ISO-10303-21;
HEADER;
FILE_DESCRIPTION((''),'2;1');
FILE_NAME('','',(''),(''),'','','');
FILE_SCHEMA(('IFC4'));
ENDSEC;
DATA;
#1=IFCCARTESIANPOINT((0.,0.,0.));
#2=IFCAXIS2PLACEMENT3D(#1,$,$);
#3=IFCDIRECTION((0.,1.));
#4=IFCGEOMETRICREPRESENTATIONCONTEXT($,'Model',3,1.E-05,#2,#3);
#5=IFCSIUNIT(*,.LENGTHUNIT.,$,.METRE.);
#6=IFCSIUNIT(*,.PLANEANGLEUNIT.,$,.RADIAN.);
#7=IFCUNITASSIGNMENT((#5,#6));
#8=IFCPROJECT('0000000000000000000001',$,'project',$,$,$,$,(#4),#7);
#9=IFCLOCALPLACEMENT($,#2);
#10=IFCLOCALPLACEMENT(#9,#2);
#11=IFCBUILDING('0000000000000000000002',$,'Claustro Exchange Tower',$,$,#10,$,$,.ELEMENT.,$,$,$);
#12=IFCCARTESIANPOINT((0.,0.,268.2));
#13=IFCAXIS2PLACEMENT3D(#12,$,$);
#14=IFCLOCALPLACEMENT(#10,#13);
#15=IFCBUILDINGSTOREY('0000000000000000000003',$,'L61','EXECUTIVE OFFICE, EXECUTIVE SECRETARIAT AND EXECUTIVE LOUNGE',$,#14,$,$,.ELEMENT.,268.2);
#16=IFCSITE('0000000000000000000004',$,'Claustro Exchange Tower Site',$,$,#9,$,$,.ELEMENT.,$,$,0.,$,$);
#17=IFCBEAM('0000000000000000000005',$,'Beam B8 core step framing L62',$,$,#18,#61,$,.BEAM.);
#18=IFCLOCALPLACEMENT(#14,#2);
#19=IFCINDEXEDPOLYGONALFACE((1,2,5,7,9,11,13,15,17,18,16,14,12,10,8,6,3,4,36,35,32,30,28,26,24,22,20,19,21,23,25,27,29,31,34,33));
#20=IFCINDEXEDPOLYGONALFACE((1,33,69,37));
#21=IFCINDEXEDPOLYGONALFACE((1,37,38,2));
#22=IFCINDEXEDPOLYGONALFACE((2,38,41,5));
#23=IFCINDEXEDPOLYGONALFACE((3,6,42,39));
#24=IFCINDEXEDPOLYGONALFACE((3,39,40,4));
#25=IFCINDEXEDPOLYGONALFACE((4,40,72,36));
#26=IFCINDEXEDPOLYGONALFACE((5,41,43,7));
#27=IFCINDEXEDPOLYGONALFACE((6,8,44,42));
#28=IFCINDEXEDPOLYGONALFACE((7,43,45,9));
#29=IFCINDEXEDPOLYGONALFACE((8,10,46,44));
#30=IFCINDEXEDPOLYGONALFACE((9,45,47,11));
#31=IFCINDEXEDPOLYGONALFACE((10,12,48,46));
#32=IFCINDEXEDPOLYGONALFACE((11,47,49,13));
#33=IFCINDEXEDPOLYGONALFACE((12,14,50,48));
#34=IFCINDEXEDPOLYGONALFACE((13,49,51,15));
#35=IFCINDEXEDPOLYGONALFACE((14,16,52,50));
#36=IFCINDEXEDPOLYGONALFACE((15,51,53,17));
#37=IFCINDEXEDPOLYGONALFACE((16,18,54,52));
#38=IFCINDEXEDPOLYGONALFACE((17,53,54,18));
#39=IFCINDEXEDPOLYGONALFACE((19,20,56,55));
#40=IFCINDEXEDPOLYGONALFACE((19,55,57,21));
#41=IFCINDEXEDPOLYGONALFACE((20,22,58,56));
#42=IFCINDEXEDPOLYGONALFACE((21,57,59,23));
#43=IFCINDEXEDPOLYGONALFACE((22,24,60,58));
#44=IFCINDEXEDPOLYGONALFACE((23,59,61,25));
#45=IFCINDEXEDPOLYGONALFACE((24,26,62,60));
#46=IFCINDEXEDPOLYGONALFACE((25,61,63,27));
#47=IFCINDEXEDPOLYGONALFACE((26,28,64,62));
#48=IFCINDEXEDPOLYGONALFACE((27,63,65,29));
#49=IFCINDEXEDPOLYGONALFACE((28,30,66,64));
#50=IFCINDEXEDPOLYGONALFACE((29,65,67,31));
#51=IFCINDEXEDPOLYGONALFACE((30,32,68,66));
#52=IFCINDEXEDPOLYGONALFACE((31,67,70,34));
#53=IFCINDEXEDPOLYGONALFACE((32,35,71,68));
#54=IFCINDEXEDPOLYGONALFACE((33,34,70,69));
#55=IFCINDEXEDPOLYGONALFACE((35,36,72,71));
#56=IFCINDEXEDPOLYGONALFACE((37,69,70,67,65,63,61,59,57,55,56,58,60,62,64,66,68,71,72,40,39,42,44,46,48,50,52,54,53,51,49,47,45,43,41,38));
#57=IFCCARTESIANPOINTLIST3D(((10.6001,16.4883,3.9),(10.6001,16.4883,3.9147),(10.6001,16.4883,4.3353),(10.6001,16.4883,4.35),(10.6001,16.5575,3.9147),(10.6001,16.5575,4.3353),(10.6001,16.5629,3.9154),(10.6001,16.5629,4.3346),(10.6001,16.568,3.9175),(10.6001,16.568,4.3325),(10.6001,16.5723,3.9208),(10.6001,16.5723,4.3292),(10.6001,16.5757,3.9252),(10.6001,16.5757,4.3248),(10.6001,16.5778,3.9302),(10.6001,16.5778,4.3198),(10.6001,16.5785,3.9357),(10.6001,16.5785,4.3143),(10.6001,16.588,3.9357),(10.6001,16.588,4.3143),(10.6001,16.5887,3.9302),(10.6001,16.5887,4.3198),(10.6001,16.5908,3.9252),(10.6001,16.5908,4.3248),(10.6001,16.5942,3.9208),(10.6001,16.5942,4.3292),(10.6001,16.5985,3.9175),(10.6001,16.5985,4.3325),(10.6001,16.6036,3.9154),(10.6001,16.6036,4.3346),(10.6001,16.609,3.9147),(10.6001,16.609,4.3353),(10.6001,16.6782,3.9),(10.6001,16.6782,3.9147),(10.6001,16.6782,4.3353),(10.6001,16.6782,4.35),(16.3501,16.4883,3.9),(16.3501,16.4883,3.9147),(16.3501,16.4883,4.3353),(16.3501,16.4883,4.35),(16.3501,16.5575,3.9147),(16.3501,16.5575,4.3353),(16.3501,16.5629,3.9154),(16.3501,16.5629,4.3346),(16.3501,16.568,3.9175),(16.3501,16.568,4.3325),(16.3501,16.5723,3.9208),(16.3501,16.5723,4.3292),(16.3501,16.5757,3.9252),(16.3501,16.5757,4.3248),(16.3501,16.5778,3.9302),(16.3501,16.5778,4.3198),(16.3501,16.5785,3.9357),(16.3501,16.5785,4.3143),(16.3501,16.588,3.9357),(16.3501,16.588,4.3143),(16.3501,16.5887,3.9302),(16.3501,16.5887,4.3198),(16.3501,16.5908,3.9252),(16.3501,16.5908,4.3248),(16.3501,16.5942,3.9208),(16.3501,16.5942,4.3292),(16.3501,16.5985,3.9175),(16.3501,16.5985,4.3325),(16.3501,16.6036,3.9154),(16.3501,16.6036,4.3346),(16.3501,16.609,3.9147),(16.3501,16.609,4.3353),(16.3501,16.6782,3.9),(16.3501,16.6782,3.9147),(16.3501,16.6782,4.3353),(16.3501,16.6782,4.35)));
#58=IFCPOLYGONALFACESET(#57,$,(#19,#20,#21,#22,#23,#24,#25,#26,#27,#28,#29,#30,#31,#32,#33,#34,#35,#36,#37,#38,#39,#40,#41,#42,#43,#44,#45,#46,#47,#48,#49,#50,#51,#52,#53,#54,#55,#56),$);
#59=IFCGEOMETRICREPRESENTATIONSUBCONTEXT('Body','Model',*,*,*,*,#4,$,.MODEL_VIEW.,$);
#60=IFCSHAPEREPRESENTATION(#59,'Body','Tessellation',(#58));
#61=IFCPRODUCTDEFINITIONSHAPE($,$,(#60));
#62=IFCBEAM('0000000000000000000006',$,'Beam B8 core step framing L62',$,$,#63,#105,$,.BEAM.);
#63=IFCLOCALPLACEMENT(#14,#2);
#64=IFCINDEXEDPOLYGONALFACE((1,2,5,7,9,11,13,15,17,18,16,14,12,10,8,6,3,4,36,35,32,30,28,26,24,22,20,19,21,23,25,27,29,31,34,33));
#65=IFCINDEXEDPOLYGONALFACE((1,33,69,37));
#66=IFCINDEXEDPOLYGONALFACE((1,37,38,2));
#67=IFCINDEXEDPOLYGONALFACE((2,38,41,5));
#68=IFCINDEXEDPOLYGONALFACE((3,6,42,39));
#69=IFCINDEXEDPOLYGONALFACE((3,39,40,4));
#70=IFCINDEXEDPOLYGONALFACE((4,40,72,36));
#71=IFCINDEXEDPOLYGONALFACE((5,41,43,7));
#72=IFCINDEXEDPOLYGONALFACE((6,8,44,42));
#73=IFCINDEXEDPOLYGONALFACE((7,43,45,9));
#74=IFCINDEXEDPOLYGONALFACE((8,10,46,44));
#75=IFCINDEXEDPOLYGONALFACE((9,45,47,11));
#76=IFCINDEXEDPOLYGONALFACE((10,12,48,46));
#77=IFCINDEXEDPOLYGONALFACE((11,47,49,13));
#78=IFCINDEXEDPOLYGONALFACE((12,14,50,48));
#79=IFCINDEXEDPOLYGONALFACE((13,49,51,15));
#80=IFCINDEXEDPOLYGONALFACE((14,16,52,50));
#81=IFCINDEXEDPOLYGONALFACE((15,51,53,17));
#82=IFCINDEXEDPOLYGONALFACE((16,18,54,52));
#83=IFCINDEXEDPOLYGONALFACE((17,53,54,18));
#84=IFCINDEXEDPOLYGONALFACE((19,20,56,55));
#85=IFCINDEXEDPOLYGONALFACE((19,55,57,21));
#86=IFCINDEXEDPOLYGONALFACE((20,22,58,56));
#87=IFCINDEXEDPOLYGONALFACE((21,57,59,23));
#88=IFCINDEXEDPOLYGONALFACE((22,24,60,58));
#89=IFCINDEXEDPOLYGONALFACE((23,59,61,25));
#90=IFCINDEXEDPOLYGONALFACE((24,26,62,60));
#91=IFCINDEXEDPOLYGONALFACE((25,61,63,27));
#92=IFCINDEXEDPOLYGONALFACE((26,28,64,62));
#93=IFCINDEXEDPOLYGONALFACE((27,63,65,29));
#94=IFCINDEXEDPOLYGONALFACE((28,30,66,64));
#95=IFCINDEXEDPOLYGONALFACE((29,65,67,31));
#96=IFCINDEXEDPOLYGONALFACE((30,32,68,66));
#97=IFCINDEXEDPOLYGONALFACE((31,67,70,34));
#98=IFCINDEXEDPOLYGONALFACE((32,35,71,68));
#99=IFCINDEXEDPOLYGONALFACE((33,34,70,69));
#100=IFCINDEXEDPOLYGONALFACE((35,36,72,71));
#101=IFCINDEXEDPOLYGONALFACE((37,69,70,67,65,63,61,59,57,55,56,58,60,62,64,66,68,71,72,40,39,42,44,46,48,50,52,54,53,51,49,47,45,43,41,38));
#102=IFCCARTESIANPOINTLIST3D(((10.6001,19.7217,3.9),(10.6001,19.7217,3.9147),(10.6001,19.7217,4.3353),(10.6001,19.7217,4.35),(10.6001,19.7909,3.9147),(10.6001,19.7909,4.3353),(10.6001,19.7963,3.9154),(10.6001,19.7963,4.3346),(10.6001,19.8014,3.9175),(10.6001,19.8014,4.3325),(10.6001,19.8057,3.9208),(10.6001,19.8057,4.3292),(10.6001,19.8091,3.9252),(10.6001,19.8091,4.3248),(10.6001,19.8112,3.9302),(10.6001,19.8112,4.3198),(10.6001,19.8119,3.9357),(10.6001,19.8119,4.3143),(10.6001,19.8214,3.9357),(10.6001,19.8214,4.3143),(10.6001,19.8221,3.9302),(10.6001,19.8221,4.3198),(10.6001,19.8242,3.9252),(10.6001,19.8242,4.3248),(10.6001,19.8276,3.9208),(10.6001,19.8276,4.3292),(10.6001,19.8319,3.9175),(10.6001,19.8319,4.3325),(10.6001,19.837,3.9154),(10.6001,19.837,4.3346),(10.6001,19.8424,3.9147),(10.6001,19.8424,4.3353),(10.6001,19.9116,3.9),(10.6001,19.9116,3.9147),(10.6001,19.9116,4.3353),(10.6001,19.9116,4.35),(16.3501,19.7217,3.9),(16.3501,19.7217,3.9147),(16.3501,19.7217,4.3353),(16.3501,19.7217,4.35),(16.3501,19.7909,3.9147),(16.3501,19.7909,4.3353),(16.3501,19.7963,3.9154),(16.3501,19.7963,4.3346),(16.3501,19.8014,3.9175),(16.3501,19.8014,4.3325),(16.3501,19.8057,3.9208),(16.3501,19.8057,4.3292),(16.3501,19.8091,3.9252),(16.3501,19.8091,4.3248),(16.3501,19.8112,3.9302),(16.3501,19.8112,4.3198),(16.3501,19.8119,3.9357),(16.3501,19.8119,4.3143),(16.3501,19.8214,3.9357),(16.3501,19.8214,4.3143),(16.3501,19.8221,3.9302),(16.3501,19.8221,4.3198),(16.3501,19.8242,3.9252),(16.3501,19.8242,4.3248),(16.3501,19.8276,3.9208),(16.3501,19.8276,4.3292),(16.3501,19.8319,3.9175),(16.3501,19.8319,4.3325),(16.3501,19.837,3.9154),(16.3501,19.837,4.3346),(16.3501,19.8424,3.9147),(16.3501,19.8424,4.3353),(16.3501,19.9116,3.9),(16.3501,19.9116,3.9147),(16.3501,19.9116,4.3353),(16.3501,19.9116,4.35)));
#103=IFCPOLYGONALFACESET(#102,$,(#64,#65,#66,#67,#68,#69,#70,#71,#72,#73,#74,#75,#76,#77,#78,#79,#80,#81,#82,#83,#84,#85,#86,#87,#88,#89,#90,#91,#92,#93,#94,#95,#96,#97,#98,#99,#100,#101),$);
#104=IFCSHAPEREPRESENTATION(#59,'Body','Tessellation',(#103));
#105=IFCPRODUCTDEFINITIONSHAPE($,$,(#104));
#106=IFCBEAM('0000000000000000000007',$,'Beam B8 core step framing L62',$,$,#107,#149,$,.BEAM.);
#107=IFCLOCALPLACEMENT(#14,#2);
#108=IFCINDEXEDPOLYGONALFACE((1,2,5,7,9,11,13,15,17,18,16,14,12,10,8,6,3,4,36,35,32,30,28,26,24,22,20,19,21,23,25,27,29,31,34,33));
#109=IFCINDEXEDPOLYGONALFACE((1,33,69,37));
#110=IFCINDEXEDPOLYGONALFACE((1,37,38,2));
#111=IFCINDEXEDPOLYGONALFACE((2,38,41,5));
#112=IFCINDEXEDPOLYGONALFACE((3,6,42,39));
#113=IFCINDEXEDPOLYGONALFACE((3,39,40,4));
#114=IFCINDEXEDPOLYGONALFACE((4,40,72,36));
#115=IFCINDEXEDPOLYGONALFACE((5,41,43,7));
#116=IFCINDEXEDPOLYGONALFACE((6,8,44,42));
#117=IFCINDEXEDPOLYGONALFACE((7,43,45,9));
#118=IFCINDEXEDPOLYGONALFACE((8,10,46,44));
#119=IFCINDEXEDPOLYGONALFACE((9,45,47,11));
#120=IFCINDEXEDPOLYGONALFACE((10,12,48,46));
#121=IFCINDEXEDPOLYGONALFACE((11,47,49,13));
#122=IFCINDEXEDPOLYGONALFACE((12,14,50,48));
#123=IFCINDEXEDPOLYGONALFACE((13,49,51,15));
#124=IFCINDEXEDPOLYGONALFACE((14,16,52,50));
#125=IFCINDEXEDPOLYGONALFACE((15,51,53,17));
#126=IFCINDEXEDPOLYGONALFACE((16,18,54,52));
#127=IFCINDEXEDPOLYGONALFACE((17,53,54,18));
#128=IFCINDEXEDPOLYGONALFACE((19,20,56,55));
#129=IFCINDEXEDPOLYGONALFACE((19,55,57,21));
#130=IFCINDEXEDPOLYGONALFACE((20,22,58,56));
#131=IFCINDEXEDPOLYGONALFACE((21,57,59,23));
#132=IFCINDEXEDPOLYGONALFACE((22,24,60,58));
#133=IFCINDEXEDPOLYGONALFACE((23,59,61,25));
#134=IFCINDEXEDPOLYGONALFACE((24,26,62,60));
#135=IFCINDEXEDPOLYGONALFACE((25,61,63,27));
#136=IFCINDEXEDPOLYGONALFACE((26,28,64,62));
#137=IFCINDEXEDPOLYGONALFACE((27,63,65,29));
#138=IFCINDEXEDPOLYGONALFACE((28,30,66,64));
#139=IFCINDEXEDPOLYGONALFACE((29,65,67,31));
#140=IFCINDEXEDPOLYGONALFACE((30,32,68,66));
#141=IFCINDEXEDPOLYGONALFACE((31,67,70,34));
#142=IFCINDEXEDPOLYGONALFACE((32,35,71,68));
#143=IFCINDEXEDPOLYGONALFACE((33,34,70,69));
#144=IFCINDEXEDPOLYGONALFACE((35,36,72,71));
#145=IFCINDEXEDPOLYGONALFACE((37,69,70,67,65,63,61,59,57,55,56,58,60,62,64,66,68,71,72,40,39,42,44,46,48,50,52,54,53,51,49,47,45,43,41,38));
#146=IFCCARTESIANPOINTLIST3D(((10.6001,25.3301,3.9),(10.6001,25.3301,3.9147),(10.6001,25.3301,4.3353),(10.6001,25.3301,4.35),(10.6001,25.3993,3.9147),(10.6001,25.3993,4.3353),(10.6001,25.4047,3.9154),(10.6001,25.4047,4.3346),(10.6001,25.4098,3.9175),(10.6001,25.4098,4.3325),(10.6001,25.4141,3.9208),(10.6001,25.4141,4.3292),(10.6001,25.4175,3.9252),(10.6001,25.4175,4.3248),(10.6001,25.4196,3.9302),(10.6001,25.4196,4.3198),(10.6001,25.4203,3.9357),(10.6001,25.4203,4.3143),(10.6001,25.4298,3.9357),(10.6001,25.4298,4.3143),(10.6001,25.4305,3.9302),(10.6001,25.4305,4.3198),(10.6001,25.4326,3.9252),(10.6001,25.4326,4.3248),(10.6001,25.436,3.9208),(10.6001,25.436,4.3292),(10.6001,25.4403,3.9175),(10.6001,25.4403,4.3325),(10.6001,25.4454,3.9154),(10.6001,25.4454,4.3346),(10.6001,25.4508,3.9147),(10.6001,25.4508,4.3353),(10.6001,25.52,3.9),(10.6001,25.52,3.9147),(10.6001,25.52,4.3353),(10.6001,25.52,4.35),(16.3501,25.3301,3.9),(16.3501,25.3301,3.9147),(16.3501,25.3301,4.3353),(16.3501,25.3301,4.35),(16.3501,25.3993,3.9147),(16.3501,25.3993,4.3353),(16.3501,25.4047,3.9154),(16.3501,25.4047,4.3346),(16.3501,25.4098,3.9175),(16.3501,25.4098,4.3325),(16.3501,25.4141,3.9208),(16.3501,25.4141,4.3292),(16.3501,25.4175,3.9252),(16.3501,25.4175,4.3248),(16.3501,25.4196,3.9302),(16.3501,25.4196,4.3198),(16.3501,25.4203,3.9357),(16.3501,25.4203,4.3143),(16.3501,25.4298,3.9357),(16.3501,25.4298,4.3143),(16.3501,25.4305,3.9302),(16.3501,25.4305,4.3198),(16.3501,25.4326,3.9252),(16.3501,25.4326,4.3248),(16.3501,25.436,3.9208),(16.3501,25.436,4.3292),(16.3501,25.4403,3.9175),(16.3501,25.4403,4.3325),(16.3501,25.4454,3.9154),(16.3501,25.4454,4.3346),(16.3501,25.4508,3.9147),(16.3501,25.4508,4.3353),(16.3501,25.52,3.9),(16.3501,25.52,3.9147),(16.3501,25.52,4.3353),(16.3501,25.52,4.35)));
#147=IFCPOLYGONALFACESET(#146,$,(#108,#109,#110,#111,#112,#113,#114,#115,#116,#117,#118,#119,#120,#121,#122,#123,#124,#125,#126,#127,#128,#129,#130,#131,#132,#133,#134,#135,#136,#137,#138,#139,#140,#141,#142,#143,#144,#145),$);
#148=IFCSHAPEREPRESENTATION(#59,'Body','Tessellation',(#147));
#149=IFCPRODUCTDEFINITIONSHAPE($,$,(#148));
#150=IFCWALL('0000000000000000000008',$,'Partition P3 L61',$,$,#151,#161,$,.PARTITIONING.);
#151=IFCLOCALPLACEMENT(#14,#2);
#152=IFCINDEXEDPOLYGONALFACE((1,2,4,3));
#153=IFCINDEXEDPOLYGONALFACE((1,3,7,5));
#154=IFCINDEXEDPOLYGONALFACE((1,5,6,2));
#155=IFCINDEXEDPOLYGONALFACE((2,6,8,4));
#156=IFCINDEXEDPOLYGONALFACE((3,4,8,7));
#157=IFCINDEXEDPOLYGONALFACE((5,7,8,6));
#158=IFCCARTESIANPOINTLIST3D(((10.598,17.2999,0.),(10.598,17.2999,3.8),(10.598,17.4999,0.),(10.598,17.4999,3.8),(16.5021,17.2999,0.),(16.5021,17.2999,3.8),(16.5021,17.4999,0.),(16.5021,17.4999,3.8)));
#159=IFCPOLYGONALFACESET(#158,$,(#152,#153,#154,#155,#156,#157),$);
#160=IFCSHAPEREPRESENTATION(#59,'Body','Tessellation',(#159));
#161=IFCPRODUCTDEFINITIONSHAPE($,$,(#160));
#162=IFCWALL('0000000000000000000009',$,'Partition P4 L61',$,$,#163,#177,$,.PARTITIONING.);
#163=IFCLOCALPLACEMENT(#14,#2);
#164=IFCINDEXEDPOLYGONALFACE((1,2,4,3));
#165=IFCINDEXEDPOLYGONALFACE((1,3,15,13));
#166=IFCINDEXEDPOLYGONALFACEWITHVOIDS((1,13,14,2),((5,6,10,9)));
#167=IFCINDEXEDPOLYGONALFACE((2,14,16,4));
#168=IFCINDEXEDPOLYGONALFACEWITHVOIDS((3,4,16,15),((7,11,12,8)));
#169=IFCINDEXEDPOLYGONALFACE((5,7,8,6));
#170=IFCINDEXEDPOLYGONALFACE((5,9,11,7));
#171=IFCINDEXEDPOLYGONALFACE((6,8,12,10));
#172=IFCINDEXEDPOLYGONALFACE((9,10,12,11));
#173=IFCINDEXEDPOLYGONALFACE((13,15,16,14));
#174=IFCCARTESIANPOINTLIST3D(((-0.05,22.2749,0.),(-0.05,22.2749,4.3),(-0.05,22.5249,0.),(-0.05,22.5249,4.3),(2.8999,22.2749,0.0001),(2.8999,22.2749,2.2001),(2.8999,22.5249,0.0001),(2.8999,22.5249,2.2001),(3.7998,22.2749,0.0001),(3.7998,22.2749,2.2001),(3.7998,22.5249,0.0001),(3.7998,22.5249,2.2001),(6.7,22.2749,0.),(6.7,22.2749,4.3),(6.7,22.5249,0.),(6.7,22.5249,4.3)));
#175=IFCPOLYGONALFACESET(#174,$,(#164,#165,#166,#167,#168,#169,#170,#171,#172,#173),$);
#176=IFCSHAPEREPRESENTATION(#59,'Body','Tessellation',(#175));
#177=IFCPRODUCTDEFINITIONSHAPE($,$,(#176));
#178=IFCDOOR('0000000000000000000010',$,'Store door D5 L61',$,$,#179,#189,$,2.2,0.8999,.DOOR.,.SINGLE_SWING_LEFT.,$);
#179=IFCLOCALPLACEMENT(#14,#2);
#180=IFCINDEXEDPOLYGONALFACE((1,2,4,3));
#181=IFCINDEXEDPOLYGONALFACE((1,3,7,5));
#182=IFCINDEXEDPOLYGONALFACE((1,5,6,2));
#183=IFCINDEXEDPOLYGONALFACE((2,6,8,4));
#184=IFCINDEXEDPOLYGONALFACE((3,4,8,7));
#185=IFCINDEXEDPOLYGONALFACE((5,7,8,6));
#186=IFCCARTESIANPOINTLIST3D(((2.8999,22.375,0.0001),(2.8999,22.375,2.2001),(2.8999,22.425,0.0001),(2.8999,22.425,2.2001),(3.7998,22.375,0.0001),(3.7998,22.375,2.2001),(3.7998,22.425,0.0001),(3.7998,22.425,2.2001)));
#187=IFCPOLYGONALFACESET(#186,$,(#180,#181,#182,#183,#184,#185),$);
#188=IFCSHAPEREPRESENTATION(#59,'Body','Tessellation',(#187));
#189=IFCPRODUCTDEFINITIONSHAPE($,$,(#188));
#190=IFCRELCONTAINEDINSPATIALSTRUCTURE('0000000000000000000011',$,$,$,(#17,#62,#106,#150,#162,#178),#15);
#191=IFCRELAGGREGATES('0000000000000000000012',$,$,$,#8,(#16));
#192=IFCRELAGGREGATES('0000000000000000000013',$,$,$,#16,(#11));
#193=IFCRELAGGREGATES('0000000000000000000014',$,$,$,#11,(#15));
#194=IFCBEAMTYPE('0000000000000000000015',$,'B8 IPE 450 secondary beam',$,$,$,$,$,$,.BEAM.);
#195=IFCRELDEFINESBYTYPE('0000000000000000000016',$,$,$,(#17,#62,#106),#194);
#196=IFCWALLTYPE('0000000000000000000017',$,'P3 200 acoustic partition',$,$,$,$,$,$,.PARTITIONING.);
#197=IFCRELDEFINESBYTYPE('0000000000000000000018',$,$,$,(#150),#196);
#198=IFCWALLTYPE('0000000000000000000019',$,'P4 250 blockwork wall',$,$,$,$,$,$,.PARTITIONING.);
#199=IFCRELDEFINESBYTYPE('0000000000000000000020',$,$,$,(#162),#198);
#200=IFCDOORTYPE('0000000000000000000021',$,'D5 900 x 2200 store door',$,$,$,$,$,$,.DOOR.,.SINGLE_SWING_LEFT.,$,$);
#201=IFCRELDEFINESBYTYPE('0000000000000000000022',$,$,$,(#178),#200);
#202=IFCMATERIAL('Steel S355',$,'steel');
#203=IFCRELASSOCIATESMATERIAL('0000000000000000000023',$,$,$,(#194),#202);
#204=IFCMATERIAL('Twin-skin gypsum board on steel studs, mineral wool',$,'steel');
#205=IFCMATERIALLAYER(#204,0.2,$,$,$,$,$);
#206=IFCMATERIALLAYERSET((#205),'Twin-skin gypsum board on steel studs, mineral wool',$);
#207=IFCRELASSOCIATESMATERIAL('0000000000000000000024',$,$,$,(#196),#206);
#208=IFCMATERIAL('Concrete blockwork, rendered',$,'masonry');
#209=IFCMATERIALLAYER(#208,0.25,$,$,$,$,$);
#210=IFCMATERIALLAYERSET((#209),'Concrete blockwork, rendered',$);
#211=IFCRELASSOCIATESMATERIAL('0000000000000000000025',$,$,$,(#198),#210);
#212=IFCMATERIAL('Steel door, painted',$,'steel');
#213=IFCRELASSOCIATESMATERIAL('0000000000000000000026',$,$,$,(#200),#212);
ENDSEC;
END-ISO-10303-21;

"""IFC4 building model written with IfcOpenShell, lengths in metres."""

from ifc_helpers import new_model, si_unit, direction, frame, frame_2d, origin, origin_2d, place, context, subcontext, project, spatial, rectangle, i_section, extrude, material, layer, layer_set, material_profile, profile_set, type_object, element, fill, save


model = new_model("IFC4")

# Units and contexts
model_context = context("Model", 3, precision=1e-05, world=origin(), true_north=direction((0.0, 1.0)))
body_context = subcontext(model_context, "Body", "Model", "MODEL_VIEW")
ifc_project = project(units=[si_unit("LENGTHUNIT", "METRE"), si_unit("PLANEANGLEUNIT", "RADIAN")], contexts=[model_context])

# Site, building, storey
site_placement = place(None, origin())
site = spatial("IfcSite", under=ifc_project, at=site_placement, Name="Claustro Exchange Tower Site", CompositionType="ELEMENT", RefElevation=0.0)
building_placement = place(site_placement, origin())
building = spatial("IfcBuilding", under=site, at=building_placement, Name="Claustro Exchange Tower", CompositionType="ELEMENT")
storey_placement = place(building_placement, frame((0.0, 0.0, 268.2)))
storey = spatial("IfcBuildingStorey", under=building, at=storey_placement, Name="L61", Description="EXECUTIVE OFFICE, EXECUTIVE SECRETARIAT AND EXECUTIVE LOUNGE", CompositionType="ELEMENT", Elevation=268.2)

# Beams
ifc_material_1 = material(Name="Steel S355", Category="steel")
ifc_material_profile_1 = material_profile(ifc_material_1, i_section(OverallWidth=0.1899, OverallDepth=0.45, WebThickness=0.0095, FlangeThickness=0.0146, FilletRadius=0.021, at=origin_2d()), Name="IPE 450")
ifc_profile_set_1 = profile_set([ifc_material_profile_1], Name="Steel S355")
beam_type_1 = type_object("IfcBeamType", Name="B8 IPE 450 secondary beam", PredefinedType="BEAM", material=ifc_profile_set_1)
for number, where, z_axis, x_axis, name in (
    (1, (10.6001, 16.5833, 4.125), (1.0, 0.0, 0.0), (0.0, 1.0, 0.0), "Beam B8 core step framing L62"),
    (2, (10.6001, 19.8167, 4.125), (1.0, 0.0, 0.0), (0.0, 1.0, 0.0), "Beam B8 core step framing L62"),
    (3, (10.6001, 25.425, 4.125), (1.0, 0.0, 0.0), (0.0, 1.0, 0.0), "Beam B8 core step framing L62"),
):
    element("IfcBeam", number, at=place(storey_placement, frame(where, z_axis=z_axis, x_axis=x_axis)), inside=storey, type_object=beam_type_1, Name=name, PredefinedType="BEAM", context=body_context, shape_type="SweptSolid", body=[
        extrude(i_section(OverallWidth=0.1899, OverallDepth=0.45, WebThickness=0.0095, FlangeThickness=0.0146, FilletRadius=0.021, at=origin_2d()), origin(), (0.0, 0.0, 1.0), 5.75),
    ])

# Wall
ifc_material_2 = material(Name="Twin-skin gypsum board on steel studs, mineral wool", Category="steel")
ifc_layer_1 = layer(ifc_material_2, 0.2)
ifc_layer_set_1 = layer_set([ifc_layer_1], Name="Twin-skin gypsum board on steel studs, mineral wool")
wall_type_1 = type_object("IfcWallType", Name="P3 200 acoustic partition", PredefinedType="PARTITIONING", material=ifc_layer_set_1)
wall_1_placement = place(storey_placement, frame((10.5979, 17.3999, 0.0), z_axis=(0.0, 0.0, 1.0), x_axis=(1.0, 0.0, 0.0)))
element("IfcWall", 4, at=wall_1_placement, inside=storey, type_object=wall_type_1, Name="Partition P3 L61", PredefinedType="PARTITIONING", context=body_context, shape_type="SweptSolid", body=[
    extrude(rectangle(XDim=5.9041, YDim=0.2, at=frame_2d((2.9521, 0.0))), origin(), (0.0, 0.0, 1.0), 3.8),
])

# Wall, opening, door
ifc_material_3 = material(Name="Concrete blockwork, rendered", Category="masonry")
ifc_layer_2 = layer(ifc_material_3, 0.25)
ifc_layer_set_2 = layer_set([ifc_layer_2], Name="Concrete blockwork, rendered")
wall_type_2 = type_object("IfcWallType", Name="P4 250 blockwork wall", PredefinedType="PARTITIONING", material=ifc_layer_set_2)
wall_2_placement = place(storey_placement, frame((-0.05, 22.3999, 0.0), z_axis=(0.0, 0.0, 1.0), x_axis=(1.0, 0.0, 0.0)))
wall_2 = element("IfcWall", 5, at=wall_2_placement, inside=storey, type_object=wall_type_2, Name="Partition P4 L61", PredefinedType="PARTITIONING", context=body_context, shape_type="SweptSolid", body=[
    extrude(rectangle(XDim=6.75, YDim=0.25, at=frame_2d((3.375, 0.0))), origin(), (0.0, 0.0, 1.0), 4.3),
])
opening_1_placement = place(wall_2_placement, frame((2.95, 0.0, 0.0)))
opening_1 = element("IfcOpeningElement", 6, at=opening_1_placement, cuts=wall_2, PredefinedType="OPENING", context=body_context, shape_type="SweptSolid", body=[
    extrude(rectangle(XDim=0.8999, YDim=2.2, at=frame_2d((0.45, 1.1001))), frame((0.0, 0.135, 0.0), z_axis=(0.0, -1.0, 0.0), x_axis=(1.0, 0.0, 0.0)), (0.0, 0.0, 1.0), 0.27),
])
ifc_material_4 = material(Name="Steel door, painted", Category="steel")
door_type = type_object("IfcDoorType", Name="D5 900 x 2200 store door", OperationType="SINGLE_SWING_LEFT", PredefinedType="DOOR", material=ifc_material_4)
door_placement = place(opening_1_placement, frame((0.8999, 0.0, 0.0), z_axis=(0.0, 0.0, 1.0), x_axis=(-1.0, 0.0, 0.0)))
door = element("IfcDoor", 7, at=door_placement, inside=storey, type_object=door_type, Name="Store door D5 L61", OperationType="SINGLE_SWING_LEFT", OverallHeight=2.2, OverallWidth=0.8999, PredefinedType="DOOR", context=body_context, shape_type="SweptSolid", body=[
    extrude(rectangle(XDim=0.8999, YDim=2.2, at=frame_2d((0.45, 1.1001))), frame((0.0, 0.0249, 0.0), z_axis=(0.0, -1.0, 0.0), x_axis=(1.0, 0.0, 0.0)), (0.0, 0.0, 1.0), 0.05),
])
fill(opening_1, door)

save(model, "model.ifc")
